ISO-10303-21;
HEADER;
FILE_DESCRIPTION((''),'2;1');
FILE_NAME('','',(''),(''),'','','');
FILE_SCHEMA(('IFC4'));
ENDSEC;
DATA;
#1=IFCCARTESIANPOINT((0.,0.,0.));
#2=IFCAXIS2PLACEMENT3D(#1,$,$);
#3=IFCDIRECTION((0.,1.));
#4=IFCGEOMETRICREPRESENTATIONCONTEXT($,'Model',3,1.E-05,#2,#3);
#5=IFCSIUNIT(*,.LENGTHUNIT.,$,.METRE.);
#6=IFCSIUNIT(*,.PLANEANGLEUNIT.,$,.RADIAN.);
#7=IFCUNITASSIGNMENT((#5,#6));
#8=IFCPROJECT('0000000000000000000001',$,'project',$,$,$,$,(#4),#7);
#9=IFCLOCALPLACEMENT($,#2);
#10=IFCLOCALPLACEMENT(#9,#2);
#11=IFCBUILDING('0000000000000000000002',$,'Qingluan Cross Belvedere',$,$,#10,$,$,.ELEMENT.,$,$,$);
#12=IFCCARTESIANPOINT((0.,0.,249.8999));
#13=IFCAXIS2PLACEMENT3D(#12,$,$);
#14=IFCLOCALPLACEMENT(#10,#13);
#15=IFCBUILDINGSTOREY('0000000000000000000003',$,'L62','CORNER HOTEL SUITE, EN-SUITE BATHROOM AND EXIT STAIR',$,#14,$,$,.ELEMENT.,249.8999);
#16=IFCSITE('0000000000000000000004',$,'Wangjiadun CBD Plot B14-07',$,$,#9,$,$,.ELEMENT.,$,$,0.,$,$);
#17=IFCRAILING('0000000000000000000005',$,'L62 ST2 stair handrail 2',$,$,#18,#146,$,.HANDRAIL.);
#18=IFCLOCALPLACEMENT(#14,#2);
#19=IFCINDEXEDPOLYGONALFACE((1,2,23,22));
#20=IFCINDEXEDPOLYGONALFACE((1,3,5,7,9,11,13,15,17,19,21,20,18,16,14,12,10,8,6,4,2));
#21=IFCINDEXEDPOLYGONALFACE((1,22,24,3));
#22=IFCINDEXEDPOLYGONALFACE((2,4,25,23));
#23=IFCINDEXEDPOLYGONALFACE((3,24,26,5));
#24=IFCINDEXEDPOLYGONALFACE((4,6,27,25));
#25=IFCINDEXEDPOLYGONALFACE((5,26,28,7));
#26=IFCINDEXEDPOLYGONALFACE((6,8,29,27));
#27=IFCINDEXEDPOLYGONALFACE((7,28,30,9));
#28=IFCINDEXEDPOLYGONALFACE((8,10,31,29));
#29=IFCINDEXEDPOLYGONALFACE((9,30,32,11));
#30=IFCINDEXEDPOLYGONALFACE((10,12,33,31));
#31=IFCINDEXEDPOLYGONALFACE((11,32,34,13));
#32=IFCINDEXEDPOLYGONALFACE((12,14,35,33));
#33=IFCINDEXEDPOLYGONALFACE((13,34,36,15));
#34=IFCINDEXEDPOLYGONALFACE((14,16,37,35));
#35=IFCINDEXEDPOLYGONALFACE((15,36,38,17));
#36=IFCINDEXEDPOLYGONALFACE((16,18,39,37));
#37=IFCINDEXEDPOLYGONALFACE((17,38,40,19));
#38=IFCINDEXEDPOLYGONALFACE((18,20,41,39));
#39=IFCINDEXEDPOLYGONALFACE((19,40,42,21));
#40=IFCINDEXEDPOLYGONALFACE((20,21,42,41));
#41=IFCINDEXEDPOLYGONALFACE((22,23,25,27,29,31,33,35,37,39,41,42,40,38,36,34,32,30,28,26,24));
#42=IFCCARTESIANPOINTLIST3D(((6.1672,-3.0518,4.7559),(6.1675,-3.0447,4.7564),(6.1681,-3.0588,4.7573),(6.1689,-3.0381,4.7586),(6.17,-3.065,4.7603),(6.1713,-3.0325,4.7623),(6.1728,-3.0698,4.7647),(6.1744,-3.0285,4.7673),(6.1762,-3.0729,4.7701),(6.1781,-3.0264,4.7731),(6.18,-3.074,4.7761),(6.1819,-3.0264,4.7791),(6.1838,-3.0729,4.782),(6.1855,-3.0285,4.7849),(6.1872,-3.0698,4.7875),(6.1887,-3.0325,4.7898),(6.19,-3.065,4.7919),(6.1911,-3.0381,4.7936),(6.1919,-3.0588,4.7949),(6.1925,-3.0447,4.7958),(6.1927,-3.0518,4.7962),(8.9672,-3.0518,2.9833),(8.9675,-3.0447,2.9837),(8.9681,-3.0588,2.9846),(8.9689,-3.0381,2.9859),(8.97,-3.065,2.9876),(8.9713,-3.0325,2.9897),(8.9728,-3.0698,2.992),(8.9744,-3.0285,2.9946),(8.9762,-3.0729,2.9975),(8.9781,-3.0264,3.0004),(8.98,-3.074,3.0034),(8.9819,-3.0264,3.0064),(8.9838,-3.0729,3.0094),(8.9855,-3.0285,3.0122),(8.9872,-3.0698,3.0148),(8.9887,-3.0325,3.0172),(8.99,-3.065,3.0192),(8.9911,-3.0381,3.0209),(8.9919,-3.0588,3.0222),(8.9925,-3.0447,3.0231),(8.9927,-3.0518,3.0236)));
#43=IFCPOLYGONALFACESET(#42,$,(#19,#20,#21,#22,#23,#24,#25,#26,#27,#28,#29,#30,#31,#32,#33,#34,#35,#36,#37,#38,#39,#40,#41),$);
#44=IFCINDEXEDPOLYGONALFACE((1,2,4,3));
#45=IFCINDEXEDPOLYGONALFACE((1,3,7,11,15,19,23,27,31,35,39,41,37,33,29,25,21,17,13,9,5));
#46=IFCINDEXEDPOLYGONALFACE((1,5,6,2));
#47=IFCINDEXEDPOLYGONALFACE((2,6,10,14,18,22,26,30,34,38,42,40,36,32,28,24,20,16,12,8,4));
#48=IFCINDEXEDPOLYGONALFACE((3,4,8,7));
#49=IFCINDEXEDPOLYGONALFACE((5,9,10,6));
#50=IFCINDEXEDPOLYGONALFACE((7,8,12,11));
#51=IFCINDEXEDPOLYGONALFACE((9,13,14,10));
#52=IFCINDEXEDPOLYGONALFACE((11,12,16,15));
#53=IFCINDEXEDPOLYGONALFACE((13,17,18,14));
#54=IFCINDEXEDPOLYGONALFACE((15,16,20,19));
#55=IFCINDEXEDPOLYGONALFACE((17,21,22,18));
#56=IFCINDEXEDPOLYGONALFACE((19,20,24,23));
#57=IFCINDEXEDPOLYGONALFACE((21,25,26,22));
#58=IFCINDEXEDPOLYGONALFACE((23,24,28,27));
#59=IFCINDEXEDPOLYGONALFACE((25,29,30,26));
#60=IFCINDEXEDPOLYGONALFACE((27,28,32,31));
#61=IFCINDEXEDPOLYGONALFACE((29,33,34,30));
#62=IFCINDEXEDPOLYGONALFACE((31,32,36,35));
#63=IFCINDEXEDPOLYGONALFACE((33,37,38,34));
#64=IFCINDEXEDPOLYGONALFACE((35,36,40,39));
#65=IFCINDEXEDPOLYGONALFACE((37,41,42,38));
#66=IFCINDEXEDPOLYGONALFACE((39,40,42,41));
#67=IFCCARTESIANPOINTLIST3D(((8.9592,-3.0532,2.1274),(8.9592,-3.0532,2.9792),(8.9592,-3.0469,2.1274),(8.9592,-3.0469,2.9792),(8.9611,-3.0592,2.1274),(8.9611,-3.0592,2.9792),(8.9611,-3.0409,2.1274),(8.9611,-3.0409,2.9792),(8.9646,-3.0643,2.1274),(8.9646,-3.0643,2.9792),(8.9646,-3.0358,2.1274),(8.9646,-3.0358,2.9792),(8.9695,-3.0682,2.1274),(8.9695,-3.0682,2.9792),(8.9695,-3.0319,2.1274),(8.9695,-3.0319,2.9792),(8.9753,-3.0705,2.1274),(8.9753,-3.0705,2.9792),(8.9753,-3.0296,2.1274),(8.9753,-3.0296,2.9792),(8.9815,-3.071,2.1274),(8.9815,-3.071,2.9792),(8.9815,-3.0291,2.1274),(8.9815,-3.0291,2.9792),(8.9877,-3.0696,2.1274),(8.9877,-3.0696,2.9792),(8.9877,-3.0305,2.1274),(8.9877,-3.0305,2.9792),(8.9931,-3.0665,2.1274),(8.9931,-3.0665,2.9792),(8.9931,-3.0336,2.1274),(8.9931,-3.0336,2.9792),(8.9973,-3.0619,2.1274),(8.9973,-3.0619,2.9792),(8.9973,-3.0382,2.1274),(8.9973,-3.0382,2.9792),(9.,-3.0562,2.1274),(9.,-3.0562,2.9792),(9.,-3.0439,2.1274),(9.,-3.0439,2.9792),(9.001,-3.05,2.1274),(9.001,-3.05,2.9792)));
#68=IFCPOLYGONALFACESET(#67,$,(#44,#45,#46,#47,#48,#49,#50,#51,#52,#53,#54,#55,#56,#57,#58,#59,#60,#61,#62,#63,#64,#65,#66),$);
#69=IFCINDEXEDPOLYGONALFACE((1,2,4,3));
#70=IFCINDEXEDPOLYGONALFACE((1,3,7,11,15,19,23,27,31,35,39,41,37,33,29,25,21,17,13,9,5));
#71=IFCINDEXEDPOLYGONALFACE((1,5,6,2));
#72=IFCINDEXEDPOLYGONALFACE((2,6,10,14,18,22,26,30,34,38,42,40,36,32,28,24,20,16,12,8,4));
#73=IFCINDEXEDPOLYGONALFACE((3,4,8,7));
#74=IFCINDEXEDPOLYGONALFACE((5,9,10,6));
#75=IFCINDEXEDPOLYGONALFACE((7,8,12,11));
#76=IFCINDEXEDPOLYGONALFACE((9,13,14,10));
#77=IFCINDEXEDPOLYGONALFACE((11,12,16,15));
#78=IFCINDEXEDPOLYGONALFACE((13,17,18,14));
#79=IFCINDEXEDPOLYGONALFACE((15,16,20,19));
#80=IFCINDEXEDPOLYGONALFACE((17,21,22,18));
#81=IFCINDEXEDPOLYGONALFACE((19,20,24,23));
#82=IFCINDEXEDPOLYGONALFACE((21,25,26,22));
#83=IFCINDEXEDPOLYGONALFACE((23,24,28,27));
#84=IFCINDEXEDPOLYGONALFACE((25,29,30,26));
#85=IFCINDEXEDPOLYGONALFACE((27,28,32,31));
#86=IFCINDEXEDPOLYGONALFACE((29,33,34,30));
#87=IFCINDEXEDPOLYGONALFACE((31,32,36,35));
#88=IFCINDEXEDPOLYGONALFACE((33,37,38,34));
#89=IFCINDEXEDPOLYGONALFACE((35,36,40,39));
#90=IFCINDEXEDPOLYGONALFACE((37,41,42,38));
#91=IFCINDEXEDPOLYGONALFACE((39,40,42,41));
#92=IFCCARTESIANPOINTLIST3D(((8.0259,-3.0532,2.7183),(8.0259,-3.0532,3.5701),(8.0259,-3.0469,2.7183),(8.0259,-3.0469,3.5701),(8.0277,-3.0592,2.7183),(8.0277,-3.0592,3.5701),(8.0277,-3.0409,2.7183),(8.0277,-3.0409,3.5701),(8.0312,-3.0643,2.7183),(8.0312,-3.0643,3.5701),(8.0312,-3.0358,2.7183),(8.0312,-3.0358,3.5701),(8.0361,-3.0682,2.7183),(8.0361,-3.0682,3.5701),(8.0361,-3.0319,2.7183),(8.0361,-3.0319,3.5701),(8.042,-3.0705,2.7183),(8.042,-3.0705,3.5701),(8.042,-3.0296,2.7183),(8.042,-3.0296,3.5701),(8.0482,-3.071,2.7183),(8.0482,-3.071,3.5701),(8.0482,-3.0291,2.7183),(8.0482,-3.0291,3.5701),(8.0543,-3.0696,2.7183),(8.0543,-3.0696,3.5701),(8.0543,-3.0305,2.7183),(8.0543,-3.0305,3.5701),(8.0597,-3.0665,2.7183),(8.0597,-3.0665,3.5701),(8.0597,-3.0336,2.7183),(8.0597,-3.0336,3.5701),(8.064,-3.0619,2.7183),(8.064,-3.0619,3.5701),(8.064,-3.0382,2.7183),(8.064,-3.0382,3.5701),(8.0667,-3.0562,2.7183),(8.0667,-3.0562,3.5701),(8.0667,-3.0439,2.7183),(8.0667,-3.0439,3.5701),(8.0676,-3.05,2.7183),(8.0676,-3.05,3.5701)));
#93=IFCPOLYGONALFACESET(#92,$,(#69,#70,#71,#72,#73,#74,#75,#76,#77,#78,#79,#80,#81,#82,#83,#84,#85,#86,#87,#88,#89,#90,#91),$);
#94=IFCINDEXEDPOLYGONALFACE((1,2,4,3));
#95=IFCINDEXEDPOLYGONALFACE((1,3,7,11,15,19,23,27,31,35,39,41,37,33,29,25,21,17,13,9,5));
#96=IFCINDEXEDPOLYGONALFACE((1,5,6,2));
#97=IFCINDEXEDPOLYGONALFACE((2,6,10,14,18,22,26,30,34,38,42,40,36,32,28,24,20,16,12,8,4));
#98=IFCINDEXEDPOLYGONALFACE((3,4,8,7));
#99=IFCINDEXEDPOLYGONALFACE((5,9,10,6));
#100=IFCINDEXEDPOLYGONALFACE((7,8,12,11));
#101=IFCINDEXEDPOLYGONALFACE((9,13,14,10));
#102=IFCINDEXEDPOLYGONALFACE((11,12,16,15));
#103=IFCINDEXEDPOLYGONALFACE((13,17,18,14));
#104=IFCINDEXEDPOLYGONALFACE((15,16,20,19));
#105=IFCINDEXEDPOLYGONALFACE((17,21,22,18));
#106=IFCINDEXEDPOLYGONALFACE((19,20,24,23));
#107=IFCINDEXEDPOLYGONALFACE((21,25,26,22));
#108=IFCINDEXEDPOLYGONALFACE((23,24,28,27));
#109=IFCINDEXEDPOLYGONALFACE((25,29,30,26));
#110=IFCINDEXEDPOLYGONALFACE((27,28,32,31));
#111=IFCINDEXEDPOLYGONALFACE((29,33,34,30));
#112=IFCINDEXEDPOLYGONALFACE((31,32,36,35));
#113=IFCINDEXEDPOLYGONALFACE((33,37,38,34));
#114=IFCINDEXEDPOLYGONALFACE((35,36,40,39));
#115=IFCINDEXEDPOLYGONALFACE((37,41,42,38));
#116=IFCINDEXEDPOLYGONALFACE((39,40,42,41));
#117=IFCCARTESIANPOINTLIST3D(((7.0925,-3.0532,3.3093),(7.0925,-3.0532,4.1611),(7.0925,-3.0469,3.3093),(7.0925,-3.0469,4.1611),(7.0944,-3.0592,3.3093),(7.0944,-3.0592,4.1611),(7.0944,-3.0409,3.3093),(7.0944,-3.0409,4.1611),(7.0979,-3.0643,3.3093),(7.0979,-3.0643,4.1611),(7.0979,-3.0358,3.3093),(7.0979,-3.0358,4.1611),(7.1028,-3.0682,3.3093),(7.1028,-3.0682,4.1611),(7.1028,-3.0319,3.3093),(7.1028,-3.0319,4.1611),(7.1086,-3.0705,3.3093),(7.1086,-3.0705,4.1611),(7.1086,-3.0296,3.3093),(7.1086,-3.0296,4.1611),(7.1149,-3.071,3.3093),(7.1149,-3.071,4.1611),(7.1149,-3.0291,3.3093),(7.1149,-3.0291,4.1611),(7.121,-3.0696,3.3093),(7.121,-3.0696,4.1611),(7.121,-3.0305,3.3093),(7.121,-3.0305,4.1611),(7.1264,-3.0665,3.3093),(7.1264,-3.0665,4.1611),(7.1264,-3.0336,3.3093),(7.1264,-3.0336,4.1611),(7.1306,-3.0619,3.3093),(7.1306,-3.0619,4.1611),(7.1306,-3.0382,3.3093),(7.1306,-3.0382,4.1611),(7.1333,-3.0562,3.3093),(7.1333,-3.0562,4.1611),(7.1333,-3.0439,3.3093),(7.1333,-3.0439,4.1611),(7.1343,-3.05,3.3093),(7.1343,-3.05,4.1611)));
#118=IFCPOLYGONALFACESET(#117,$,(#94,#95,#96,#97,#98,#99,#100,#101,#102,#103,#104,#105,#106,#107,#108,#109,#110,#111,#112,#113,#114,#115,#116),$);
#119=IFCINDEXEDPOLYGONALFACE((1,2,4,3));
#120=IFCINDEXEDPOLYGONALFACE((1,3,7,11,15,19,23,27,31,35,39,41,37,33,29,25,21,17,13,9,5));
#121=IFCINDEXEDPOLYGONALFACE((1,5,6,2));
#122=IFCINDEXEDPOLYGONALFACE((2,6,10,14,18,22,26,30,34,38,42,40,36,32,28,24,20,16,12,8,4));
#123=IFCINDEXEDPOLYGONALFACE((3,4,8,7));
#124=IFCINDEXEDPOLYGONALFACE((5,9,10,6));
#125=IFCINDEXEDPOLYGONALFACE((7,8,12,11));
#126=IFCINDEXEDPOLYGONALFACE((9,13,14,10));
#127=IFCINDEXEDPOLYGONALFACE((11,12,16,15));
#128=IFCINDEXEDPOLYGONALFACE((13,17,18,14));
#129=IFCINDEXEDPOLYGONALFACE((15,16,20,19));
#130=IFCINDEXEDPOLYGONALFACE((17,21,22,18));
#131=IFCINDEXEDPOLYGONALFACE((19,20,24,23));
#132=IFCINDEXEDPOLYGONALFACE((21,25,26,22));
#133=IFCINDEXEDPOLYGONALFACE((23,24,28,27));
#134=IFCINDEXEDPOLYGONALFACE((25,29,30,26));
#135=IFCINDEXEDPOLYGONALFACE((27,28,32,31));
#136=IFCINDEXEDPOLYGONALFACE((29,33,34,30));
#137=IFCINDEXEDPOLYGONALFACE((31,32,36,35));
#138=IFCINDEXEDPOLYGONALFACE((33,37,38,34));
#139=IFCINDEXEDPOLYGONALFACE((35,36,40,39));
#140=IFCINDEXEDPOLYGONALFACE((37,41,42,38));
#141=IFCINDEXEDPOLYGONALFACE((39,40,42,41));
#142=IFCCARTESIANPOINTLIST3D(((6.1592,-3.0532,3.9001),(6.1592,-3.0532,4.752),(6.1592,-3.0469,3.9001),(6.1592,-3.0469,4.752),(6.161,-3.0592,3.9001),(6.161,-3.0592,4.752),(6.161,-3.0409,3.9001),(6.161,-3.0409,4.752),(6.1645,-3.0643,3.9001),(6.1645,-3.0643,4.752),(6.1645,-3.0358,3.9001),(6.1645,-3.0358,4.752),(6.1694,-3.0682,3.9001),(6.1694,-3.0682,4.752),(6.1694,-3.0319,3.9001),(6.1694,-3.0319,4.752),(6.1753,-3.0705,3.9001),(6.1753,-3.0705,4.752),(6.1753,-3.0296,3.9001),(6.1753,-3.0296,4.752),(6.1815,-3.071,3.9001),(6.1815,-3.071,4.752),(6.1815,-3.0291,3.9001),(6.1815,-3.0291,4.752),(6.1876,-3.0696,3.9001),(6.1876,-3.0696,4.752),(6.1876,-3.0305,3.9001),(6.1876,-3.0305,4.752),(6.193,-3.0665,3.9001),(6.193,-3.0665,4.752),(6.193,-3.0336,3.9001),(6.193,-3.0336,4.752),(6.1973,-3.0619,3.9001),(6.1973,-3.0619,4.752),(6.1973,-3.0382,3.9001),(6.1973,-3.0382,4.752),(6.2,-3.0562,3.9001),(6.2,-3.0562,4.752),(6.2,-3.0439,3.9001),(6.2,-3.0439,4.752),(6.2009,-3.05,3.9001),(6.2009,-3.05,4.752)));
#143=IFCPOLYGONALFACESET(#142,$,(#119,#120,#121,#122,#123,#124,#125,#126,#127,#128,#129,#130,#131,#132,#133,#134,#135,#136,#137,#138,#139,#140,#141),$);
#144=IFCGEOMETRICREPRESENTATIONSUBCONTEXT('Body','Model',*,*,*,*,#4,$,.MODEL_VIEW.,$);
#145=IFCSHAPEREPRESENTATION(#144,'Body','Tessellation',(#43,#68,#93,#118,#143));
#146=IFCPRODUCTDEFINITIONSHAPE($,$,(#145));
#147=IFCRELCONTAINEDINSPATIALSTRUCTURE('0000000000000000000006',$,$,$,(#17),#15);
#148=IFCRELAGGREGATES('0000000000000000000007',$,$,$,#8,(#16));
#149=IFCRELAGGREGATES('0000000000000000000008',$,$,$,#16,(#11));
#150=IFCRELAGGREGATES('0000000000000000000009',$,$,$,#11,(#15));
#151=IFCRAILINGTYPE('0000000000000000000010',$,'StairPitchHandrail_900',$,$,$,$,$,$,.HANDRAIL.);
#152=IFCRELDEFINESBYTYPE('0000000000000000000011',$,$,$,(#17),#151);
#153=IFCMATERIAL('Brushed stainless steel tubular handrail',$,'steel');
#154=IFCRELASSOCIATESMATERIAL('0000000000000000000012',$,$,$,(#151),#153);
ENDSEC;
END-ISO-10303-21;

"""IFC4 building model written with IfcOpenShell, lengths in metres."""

from ifc_helpers import new_model, si_unit, direction, frame, origin, origin_2d, place, context, subcontext, project, spatial, circle, extrude, material, type_object, element, save


model = new_model("IFC4")

# Units and contexts
model_context = context("Model", 3, precision=1e-05, world=origin(), true_north=direction((0.0, 1.0)))
body_context = subcontext(model_context, "Body", "Model", "MODEL_VIEW")
ifc_project = project(units=[si_unit("LENGTHUNIT", "METRE"), si_unit("PLANEANGLEUNIT", "RADIAN")], contexts=[model_context])

# Site, building, storey
site_placement = place(None, origin())
site = spatial("IfcSite", under=ifc_project, at=site_placement, Name="Wangjiadun CBD Plot B14-07", CompositionType="ELEMENT", RefElevation=0.0)
building_placement = place(site_placement, origin())
building = spatial("IfcBuilding", under=site, at=building_placement, Name="Qingluan Cross Belvedere", CompositionType="ELEMENT")
storey_placement = place(building_placement, frame((0.0, 0.0, 249.8999)))
storey = spatial("IfcBuildingStorey", under=building, at=storey_placement, Name="L62", Description="CORNER HOTEL SUITE, EN-SUITE BATHROOM AND EXIT STAIR", CompositionType="ELEMENT", Elevation=249.8999)

# Railing
ifc_material_1 = material(Name="Brushed stainless steel tubular handrail", Category="steel")
railing_type_1 = type_object("IfcRailingType", Name="StairPitchHandrail_900", PredefinedType="HANDRAIL", material=ifc_material_1)
railing_1_placement = place(storey_placement, frame((8.98, -3.05, 2.1274)))
element("IfcRailing", 1, at=railing_1_placement, inside=storey, type_object=railing_type_1, Name="L62 ST2 stair handrail 2", PredefinedType="HANDRAIL", context=body_context, shape_type="SweptSolid", body=[
    extrude(circle(Radius=0.0239, at=origin_2d()), frame((0.0, 0.0, 0.876), z_axis=(-0.844909, 0.0, 0.53491), x_axis=(0.0, -1.0, 0.0)), (0.0, 0.0, 1.0), 3.314),
    extrude(circle(Radius=0.021, at=origin_2d()), origin(), (0.0, 0.0, 1.0), 0.8518),
    extrude(circle(Radius=0.021, at=origin_2d()), frame((-0.9333, 0.0, 0.5908)), (0.0, 0.0, 1.0), 0.8518),
    extrude(circle(Radius=0.021, at=origin_2d()), frame((-1.8667, 0.0, 1.1819)), (0.0, 0.0, 1.0), 0.8518),
    extrude(circle(Radius=0.021, at=origin_2d()), frame((-2.8, 0.0, 1.7727)), (0.0, 0.0, 1.0), 0.8518),
])

save(model, "model.ifc")
